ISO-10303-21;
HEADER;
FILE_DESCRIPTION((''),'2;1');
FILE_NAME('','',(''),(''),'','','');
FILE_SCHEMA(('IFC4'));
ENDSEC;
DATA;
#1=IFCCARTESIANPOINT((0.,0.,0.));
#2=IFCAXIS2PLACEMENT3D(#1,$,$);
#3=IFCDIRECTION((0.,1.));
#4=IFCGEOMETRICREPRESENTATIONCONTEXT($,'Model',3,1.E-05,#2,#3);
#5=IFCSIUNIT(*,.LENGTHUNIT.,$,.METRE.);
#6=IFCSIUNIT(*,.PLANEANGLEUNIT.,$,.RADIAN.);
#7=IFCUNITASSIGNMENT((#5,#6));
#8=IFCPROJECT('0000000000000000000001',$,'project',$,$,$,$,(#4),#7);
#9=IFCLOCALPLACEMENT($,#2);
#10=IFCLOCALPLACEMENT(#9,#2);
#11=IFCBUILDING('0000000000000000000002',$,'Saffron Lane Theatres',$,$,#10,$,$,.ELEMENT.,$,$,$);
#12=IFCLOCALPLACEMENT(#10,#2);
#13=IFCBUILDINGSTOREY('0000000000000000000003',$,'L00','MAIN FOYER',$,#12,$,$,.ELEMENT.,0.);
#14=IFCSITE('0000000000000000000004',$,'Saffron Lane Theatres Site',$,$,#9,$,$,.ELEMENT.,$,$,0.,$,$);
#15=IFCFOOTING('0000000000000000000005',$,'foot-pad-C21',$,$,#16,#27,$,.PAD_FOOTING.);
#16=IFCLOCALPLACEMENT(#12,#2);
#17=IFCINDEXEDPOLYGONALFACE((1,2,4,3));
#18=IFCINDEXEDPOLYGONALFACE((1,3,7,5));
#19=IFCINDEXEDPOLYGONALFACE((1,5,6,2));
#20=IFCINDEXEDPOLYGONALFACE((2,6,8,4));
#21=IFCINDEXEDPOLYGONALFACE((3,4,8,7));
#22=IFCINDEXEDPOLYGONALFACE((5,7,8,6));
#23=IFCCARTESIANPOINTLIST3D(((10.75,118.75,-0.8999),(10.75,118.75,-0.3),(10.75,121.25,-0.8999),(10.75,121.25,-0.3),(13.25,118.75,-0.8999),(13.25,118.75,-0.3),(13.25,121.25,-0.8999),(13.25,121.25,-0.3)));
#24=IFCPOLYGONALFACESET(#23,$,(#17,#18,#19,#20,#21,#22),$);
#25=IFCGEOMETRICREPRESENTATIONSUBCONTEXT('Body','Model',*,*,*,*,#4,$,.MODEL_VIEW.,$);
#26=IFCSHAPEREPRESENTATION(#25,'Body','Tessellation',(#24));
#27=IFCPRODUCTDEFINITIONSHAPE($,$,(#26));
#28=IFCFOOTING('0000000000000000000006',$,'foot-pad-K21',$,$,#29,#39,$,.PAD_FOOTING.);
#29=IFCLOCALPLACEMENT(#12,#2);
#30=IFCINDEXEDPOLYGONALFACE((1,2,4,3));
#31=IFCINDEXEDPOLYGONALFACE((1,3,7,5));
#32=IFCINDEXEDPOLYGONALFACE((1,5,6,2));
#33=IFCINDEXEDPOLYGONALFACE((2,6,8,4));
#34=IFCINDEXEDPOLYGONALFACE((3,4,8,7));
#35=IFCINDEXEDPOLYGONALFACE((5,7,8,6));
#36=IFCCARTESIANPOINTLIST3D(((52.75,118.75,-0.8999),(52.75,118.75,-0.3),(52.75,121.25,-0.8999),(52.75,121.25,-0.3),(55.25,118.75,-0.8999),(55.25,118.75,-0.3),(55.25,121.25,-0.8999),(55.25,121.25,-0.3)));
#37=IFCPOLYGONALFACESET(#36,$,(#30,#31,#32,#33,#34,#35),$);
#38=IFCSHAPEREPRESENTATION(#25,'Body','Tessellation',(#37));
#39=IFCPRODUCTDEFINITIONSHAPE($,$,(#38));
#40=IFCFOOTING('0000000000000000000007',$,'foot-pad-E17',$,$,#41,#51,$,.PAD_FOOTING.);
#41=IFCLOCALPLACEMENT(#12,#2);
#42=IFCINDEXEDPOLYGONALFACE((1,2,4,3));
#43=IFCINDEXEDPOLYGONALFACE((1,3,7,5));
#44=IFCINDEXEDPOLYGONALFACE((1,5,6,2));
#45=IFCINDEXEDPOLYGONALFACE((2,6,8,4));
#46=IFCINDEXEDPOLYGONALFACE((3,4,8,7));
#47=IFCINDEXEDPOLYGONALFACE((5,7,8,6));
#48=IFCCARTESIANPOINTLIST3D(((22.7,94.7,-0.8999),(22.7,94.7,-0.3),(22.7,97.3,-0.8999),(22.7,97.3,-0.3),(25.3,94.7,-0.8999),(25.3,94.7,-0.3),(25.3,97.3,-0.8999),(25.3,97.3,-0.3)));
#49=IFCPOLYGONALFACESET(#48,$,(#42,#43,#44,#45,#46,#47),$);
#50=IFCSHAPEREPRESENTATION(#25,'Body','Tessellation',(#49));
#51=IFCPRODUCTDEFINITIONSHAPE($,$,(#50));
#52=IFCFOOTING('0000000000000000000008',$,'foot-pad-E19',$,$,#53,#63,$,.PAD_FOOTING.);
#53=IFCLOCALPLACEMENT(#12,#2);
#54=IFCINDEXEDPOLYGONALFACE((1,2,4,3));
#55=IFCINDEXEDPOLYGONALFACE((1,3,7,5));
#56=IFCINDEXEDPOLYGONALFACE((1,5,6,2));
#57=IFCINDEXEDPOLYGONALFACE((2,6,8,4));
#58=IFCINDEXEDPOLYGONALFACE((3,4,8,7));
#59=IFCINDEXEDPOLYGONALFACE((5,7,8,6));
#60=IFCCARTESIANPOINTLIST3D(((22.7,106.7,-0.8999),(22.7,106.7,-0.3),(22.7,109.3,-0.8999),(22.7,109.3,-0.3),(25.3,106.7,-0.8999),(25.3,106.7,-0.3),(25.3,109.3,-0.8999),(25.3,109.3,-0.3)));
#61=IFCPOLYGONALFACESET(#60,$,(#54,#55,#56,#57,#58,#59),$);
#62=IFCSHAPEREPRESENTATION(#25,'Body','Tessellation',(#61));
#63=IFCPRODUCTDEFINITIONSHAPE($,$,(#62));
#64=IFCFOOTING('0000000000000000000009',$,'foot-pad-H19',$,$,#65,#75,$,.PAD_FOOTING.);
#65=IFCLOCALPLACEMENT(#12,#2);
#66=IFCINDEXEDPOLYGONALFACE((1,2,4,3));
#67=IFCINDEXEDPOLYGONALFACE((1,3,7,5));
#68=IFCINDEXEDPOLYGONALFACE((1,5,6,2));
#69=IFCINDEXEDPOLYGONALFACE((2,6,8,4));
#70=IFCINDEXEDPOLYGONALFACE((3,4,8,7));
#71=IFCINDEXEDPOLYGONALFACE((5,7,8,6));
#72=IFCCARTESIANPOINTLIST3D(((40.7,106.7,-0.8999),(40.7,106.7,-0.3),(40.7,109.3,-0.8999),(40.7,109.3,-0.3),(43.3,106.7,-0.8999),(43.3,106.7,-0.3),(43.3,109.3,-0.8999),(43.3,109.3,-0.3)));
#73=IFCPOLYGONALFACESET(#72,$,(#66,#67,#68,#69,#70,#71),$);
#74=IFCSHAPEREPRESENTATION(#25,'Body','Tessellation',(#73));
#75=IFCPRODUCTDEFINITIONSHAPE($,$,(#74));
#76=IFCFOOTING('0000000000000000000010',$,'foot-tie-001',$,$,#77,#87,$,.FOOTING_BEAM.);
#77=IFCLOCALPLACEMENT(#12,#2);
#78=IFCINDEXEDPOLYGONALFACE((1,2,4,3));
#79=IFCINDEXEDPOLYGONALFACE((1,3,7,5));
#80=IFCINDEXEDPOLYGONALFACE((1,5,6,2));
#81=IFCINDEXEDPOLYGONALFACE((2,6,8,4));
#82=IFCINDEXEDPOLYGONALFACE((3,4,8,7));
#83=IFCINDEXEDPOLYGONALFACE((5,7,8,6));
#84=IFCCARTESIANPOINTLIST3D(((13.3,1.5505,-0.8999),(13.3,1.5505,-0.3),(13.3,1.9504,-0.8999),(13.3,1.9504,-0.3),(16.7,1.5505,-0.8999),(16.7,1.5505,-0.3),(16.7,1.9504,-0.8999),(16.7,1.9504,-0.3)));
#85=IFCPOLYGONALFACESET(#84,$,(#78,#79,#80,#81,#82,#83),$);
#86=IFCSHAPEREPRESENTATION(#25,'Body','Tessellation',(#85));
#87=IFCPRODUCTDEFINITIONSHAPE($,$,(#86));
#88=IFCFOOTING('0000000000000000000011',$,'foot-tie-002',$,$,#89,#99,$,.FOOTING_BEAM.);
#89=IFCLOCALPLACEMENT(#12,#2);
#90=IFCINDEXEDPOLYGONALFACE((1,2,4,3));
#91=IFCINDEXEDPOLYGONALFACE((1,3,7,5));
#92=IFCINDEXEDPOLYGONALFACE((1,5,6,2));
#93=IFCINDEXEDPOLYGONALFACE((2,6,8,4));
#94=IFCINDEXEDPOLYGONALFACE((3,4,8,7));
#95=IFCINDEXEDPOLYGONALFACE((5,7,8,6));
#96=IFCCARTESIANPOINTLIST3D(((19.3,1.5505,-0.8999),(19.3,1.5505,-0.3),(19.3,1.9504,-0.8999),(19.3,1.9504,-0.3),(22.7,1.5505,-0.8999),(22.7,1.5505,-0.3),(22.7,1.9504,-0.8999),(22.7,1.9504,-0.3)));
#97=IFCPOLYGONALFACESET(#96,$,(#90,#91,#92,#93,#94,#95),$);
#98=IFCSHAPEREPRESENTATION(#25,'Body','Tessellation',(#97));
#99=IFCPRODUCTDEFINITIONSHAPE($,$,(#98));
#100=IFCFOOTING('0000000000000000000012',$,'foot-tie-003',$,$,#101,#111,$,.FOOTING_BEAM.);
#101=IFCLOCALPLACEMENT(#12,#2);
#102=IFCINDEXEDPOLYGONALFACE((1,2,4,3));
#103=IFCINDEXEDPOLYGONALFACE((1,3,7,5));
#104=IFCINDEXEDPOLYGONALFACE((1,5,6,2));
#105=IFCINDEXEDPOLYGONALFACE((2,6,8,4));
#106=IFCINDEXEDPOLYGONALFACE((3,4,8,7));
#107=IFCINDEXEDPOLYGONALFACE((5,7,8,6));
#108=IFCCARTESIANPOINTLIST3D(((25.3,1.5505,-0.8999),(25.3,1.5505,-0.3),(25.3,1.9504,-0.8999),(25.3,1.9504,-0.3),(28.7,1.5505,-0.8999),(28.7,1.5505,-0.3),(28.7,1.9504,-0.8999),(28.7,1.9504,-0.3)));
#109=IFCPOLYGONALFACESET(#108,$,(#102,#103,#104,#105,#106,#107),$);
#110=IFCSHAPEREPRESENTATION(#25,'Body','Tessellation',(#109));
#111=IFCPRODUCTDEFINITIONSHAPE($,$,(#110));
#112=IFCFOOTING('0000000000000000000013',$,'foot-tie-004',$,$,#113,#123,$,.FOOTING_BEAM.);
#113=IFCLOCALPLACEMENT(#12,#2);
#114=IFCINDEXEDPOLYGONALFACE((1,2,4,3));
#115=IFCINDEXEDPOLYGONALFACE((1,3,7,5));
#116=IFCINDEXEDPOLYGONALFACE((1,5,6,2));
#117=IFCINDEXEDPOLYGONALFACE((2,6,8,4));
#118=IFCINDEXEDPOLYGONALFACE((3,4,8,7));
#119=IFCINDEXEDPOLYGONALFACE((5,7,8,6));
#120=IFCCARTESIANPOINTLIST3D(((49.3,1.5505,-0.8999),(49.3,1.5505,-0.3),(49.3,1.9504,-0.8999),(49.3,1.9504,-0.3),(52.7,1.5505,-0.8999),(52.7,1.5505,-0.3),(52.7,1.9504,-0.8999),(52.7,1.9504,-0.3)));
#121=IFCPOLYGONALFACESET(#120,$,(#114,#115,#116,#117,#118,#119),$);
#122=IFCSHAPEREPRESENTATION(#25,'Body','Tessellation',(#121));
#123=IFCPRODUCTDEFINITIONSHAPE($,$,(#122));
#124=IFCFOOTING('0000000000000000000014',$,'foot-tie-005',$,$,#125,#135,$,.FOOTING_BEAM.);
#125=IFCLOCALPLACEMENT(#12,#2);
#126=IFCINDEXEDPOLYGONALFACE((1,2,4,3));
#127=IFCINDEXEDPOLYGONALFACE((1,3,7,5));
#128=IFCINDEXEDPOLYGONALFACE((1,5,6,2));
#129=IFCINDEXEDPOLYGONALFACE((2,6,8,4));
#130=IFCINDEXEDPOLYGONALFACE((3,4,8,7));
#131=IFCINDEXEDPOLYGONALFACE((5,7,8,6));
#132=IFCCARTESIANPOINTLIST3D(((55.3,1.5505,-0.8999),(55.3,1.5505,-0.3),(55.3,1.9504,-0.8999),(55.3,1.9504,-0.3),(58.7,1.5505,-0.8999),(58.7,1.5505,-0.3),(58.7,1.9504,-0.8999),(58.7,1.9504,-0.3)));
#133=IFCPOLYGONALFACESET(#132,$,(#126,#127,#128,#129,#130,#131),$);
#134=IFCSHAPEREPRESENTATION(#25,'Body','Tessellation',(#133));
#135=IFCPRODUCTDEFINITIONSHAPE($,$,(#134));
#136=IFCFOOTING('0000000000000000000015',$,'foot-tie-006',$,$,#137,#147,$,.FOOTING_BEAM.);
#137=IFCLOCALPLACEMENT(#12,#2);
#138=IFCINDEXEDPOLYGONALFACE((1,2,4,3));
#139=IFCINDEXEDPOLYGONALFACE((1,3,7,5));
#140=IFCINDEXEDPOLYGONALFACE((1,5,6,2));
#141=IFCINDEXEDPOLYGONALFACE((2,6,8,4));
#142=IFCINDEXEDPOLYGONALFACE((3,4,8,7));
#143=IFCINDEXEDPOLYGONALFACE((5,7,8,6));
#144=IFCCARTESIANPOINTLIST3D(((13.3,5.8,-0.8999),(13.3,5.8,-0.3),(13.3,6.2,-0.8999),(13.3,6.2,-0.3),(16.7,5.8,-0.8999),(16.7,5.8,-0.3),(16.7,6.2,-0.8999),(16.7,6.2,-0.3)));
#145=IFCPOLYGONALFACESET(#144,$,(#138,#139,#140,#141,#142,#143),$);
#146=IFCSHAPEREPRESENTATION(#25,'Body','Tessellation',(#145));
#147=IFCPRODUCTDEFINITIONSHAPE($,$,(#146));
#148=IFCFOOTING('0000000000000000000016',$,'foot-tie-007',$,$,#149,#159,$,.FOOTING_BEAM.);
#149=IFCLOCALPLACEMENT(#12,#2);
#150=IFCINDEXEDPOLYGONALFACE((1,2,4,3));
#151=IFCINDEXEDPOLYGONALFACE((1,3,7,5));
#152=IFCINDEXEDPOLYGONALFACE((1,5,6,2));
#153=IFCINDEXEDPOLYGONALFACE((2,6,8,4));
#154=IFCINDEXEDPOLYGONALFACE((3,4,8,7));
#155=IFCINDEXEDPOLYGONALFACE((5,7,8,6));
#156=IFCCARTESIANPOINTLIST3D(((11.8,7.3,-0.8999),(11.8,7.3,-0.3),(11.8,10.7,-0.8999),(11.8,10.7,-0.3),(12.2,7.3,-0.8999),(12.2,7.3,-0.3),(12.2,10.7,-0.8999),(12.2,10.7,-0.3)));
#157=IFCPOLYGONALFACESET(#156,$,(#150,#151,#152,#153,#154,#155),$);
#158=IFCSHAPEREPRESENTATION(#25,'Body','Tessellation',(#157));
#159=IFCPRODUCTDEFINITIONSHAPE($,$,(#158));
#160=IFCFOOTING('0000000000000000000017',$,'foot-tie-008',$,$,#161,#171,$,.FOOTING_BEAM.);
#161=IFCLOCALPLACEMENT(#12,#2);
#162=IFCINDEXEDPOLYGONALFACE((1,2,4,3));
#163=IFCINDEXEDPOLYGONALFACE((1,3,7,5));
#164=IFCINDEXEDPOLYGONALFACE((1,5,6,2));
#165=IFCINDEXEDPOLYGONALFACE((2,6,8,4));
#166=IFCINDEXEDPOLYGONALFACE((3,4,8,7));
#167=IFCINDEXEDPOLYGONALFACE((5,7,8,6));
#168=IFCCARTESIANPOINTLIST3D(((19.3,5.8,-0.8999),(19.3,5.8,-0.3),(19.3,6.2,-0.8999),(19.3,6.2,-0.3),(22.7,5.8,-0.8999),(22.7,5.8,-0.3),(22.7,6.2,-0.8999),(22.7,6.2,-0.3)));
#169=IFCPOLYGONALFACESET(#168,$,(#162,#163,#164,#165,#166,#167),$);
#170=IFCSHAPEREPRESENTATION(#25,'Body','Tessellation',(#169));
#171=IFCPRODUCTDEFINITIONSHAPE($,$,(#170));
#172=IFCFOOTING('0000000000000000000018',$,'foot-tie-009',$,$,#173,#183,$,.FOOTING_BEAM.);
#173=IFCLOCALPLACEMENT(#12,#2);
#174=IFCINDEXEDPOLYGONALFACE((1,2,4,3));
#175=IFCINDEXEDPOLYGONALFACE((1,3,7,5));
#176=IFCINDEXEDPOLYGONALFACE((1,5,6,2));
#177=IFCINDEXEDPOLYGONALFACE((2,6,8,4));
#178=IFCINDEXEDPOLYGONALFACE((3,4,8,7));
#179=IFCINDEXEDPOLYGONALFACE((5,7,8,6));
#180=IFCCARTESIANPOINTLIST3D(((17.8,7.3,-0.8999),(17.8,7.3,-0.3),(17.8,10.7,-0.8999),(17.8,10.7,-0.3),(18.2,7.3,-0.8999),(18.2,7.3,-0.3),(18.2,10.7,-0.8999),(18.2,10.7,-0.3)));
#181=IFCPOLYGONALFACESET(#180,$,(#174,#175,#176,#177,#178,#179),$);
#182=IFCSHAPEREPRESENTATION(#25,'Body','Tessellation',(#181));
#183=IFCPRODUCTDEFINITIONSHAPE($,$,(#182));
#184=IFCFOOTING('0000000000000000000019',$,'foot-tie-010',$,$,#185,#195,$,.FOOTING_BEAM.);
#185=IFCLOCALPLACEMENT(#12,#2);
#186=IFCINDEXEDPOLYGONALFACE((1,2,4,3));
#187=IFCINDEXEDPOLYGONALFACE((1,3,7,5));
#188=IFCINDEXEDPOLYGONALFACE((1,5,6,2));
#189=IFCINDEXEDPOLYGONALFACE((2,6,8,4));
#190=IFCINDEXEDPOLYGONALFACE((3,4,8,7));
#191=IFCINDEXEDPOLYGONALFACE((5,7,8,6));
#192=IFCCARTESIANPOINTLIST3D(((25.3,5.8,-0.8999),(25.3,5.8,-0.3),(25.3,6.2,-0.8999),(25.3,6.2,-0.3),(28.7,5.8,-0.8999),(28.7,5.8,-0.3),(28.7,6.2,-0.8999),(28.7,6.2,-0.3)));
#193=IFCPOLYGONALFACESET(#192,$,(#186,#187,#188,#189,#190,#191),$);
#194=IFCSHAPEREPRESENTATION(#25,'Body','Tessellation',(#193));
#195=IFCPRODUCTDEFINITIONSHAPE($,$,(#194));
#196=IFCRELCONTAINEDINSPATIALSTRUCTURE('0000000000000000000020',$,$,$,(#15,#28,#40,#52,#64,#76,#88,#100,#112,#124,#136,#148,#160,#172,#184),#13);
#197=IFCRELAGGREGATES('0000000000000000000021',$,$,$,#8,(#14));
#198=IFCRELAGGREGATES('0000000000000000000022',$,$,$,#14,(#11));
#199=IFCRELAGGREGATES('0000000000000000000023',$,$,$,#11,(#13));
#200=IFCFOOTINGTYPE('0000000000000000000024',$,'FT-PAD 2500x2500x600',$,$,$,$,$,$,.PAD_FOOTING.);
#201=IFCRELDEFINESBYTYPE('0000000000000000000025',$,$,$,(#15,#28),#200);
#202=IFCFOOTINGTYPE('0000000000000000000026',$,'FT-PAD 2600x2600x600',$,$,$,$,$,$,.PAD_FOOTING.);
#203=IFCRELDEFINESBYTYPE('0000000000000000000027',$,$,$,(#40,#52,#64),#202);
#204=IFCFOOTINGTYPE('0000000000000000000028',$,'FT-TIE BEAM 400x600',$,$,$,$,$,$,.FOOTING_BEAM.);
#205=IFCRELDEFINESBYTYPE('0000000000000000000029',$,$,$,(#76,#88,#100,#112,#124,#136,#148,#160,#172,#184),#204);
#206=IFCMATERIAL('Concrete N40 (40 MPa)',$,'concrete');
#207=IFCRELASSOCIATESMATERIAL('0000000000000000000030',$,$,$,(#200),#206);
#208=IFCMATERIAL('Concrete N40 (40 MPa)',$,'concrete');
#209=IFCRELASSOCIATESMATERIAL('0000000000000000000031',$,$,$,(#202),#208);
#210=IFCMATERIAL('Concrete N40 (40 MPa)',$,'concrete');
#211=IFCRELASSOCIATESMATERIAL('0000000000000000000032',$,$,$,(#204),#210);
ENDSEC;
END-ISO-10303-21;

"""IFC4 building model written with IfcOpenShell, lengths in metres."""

from ifc_helpers import new_model, si_unit, direction, frame, origin, place, context, subcontext, project, spatial, polyline, outline, extrude, material, type_object, element, save


model = new_model("IFC4")

# Units and contexts
model_context = context("Model", 3, precision=1e-05, world=origin(), true_north=direction((0.0, 1.0)))
body_context = subcontext(model_context, "Body", "Model", "MODEL_VIEW")
ifc_project = project(units=[si_unit("LENGTHUNIT", "METRE"), si_unit("PLANEANGLEUNIT", "RADIAN")], contexts=[model_context])

# Site, building, storey
site_placement = place(None, origin())
site = spatial("IfcSite", under=ifc_project, at=site_placement, Name="Saffron Lane Theatres Site", CompositionType="ELEMENT", RefElevation=0.0)
building_placement = place(site_placement, origin())
building = spatial("IfcBuilding", under=site, at=building_placement, Name="Saffron Lane Theatres", CompositionType="ELEMENT")
storey_placement = place(building_placement, origin())
storey = spatial("IfcBuildingStorey", under=building, at=storey_placement, Name="L00", Description="MAIN FOYER", CompositionType="ELEMENT", Elevation=0.0)

# Footings
ifc_material_1 = material(Name="Concrete N40 (40 MPa)", Category="concrete")
footing_type_1 = type_object("IfcFootingType", Name="FT-PAD 2500x2500x600", PredefinedType="PAD_FOOTING", material=ifc_material_1)
footing_1_placement = place(storey_placement, frame((0.0, 0.0, -0.8999)))
element("IfcFooting", 1, at=footing_1_placement, inside=storey, type_object=footing_type_1, Name="foot-pad-C21", PredefinedType="PAD_FOOTING", context=body_context, shape_type="SweptSolid", body=[
    extrude(outline(polyline([(10.75, 118.75), (13.25, 118.75), (13.25, 121.25), (10.75, 121.25), (10.75, 118.75)])), origin(), (0.0, 0.0, 1.0), 0.5999),
])
footing_2_placement = place(storey_placement, frame((0.0, 0.0, -0.8999)))
element("IfcFooting", 2, at=footing_2_placement, inside=storey, type_object=footing_type_1, Name="foot-pad-K21", PredefinedType="PAD_FOOTING", context=body_context, shape_type="SweptSolid", body=[
    extrude(outline(polyline([(52.75, 118.75), (55.25, 118.75), (55.25, 121.25), (52.75, 121.25), (52.75, 118.75)])), origin(), (0.0, 0.0, 1.0), 0.5999),
])
ifc_material_2 = material(Name="Concrete N40 (40 MPa)", Category="concrete")
footing_type_2 = type_object("IfcFootingType", Name="FT-PAD 2600x2600x600", PredefinedType="PAD_FOOTING", material=ifc_material_2)
footing_3_placement = place(storey_placement, frame((0.0, 0.0, -0.8999)))
element("IfcFooting", 3, at=footing_3_placement, inside=storey, type_object=footing_type_2, Name="foot-pad-E17", PredefinedType="PAD_FOOTING", context=body_context, shape_type="SweptSolid", body=[
    extrude(outline(polyline([(22.7, 94.7), (25.3, 94.7), (25.3, 97.3), (22.7, 97.3), (22.7, 94.7)])), origin(), (0.0, 0.0, 1.0), 0.5999),
])
footing_4_placement = place(storey_placement, frame((0.0, 0.0, -0.8999)))
element("IfcFooting", 4, at=footing_4_placement, inside=storey, type_object=footing_type_2, Name="foot-pad-E19", PredefinedType="PAD_FOOTING", context=body_context, shape_type="SweptSolid", body=[
    extrude(outline(polyline([(22.7, 106.7), (25.3, 106.7), (25.3, 109.3), (22.7, 109.3), (22.7, 106.7)])), origin(), (0.0, 0.0, 1.0), 0.5999),
])
footing_5_placement = place(storey_placement, frame((0.0, 0.0, -0.8999)))
element("IfcFooting", 5, at=footing_5_placement, inside=storey, type_object=footing_type_2, Name="foot-pad-H19", PredefinedType="PAD_FOOTING", context=body_context, shape_type="SweptSolid", body=[
    extrude(outline(polyline([(40.7, 106.7), (43.3, 106.7), (43.3, 109.3), (40.7, 109.3), (40.7, 106.7)])), origin(), (0.0, 0.0, 1.0), 0.5999),
])
ifc_material_3 = material(Name="Concrete N40 (40 MPa)", Category="concrete")
footing_type_3 = type_object("IfcFootingType", Name="FT-TIE BEAM 400x600", PredefinedType="FOOTING_BEAM", material=ifc_material_3)
footing_6_placement = place(storey_placement, frame((0.0, 0.0, -0.8999)))
element("IfcFooting", 6, at=footing_6_placement, inside=storey, type_object=footing_type_3, Name="foot-tie-001", PredefinedType="FOOTING_BEAM", context=body_context, shape_type="SweptSolid", body=[
    extrude(outline(polyline([(13.3, 1.5505), (16.7, 1.5505), (16.7, 1.9504), (13.3, 1.9504), (13.3, 1.5505)])), origin(), (0.0, 0.0, 1.0), 0.5999),
])
footing_7_placement = place(storey_placement, frame((0.0, 0.0, -0.8999)))
element("IfcFooting", 7, at=footing_7_placement, inside=storey, type_object=footing_type_3, Name="foot-tie-002", PredefinedType="FOOTING_BEAM", context=body_context, shape_type="SweptSolid", body=[
    extrude(outline(polyline([(19.3, 1.5505), (22.7, 1.5505), (22.7, 1.9504), (19.3, 1.9504), (19.3, 1.5505)])), origin(), (0.0, 0.0, 1.0), 0.5999),
])
footing_8_placement = place(storey_placement, frame((0.0, 0.0, -0.8999)))
element("IfcFooting", 8, at=footing_8_placement, inside=storey, type_object=footing_type_3, Name="foot-tie-003", PredefinedType="FOOTING_BEAM", context=body_context, shape_type="SweptSolid", body=[
    extrude(outline(polyline([(25.3, 1.5505), (28.7, 1.5505), (28.7, 1.9504), (25.3, 1.9504), (25.3, 1.5505)])), origin(), (0.0, 0.0, 1.0), 0.5999),
])
footing_9_placement = place(storey_placement, frame((0.0, 0.0, -0.8999)))
element("IfcFooting", 9, at=footing_9_placement, inside=storey, type_object=footing_type_3, Name="foot-tie-004", PredefinedType="FOOTING_BEAM", context=body_context, shape_type="SweptSolid", body=[
    extrude(outline(polyline([(49.3, 1.5505), (52.7, 1.5505), (52.7, 1.9504), (49.3, 1.9504), (49.3, 1.5505)])), origin(), (0.0, 0.0, 1.0), 0.5999),
])
footing_10_placement = place(storey_placement, frame((0.0, 0.0, -0.8999)))
element("IfcFooting", 10, at=footing_10_placement, inside=storey, type_object=footing_type_3, Name="foot-tie-005", PredefinedType="FOOTING_BEAM", context=body_context, shape_type="SweptSolid", body=[
    extrude(outline(polyline([(55.3, 1.5505), (58.7, 1.5505), (58.7, 1.9504), (55.3, 1.9504), (55.3, 1.5505)])), origin(), (0.0, 0.0, 1.0), 0.5999),
])
footing_11_placement = place(storey_placement, frame((0.0, 0.0, -0.8999)))
element("IfcFooting", 11, at=footing_11_placement, inside=storey, type_object=footing_type_3, Name="foot-tie-006", PredefinedType="FOOTING_BEAM", context=body_context, shape_type="SweptSolid", body=[
    extrude(outline(polyline([(13.3, 5.8), (16.7, 5.8), (16.7, 6.2), (13.3, 6.2), (13.3, 5.8)])), origin(), (0.0, 0.0, 1.0), 0.5999),
])
footing_12_placement = place(storey_placement, frame((0.0, 0.0, -0.8999)))
element("IfcFooting", 12, at=footing_12_placement, inside=storey, type_object=footing_type_3, Name="foot-tie-007", PredefinedType="FOOTING_BEAM", context=body_context, shape_type="SweptSolid", body=[
    extrude(outline(polyline([(11.8, 7.3), (12.2, 7.3), (12.2, 10.7), (11.8, 10.7), (11.8, 7.3)])), origin(), (0.0, 0.0, 1.0), 0.5999),
])
footing_13_placement = place(storey_placement, frame((0.0, 0.0, -0.8999)))
element("IfcFooting", 13, at=footing_13_placement, inside=storey, type_object=footing_type_3, Name="foot-tie-008", PredefinedType="FOOTING_BEAM", context=body_context, shape_type="SweptSolid", body=[
    extrude(outline(polyline([(19.3, 5.8), (22.7, 5.8), (22.7, 6.2), (19.3, 6.2), (19.3, 5.8)])), origin(), (0.0, 0.0, 1.0), 0.5999),
])
footing_14_placement = place(storey_placement, frame((0.0, 0.0, -0.8999)))
element("IfcFooting", 14, at=footing_14_placement, inside=storey, type_object=footing_type_3, Name="foot-tie-009", PredefinedType="FOOTING_BEAM", context=body_context, shape_type="SweptSolid", body=[
    extrude(outline(polyline([(17.8, 7.3), (18.2, 7.3), (18.2, 10.7), (17.8, 10.7), (17.8, 7.3)])), origin(), (0.0, 0.0, 1.0), 0.5999),
])
footing_15_placement = place(storey_placement, frame((0.0, 0.0, -0.8999)))
element("IfcFooting", 15, at=footing_15_placement, inside=storey, type_object=footing_type_3, Name="foot-tie-010", PredefinedType="FOOTING_BEAM", context=body_context, shape_type="SweptSolid", body=[
    extrude(outline(polyline([(25.3, 5.8), (28.7, 5.8), (28.7, 6.2), (25.3, 6.2), (25.3, 5.8)])), origin(), (0.0, 0.0, 1.0), 0.5999),
])

save(model, "model.ifc")
